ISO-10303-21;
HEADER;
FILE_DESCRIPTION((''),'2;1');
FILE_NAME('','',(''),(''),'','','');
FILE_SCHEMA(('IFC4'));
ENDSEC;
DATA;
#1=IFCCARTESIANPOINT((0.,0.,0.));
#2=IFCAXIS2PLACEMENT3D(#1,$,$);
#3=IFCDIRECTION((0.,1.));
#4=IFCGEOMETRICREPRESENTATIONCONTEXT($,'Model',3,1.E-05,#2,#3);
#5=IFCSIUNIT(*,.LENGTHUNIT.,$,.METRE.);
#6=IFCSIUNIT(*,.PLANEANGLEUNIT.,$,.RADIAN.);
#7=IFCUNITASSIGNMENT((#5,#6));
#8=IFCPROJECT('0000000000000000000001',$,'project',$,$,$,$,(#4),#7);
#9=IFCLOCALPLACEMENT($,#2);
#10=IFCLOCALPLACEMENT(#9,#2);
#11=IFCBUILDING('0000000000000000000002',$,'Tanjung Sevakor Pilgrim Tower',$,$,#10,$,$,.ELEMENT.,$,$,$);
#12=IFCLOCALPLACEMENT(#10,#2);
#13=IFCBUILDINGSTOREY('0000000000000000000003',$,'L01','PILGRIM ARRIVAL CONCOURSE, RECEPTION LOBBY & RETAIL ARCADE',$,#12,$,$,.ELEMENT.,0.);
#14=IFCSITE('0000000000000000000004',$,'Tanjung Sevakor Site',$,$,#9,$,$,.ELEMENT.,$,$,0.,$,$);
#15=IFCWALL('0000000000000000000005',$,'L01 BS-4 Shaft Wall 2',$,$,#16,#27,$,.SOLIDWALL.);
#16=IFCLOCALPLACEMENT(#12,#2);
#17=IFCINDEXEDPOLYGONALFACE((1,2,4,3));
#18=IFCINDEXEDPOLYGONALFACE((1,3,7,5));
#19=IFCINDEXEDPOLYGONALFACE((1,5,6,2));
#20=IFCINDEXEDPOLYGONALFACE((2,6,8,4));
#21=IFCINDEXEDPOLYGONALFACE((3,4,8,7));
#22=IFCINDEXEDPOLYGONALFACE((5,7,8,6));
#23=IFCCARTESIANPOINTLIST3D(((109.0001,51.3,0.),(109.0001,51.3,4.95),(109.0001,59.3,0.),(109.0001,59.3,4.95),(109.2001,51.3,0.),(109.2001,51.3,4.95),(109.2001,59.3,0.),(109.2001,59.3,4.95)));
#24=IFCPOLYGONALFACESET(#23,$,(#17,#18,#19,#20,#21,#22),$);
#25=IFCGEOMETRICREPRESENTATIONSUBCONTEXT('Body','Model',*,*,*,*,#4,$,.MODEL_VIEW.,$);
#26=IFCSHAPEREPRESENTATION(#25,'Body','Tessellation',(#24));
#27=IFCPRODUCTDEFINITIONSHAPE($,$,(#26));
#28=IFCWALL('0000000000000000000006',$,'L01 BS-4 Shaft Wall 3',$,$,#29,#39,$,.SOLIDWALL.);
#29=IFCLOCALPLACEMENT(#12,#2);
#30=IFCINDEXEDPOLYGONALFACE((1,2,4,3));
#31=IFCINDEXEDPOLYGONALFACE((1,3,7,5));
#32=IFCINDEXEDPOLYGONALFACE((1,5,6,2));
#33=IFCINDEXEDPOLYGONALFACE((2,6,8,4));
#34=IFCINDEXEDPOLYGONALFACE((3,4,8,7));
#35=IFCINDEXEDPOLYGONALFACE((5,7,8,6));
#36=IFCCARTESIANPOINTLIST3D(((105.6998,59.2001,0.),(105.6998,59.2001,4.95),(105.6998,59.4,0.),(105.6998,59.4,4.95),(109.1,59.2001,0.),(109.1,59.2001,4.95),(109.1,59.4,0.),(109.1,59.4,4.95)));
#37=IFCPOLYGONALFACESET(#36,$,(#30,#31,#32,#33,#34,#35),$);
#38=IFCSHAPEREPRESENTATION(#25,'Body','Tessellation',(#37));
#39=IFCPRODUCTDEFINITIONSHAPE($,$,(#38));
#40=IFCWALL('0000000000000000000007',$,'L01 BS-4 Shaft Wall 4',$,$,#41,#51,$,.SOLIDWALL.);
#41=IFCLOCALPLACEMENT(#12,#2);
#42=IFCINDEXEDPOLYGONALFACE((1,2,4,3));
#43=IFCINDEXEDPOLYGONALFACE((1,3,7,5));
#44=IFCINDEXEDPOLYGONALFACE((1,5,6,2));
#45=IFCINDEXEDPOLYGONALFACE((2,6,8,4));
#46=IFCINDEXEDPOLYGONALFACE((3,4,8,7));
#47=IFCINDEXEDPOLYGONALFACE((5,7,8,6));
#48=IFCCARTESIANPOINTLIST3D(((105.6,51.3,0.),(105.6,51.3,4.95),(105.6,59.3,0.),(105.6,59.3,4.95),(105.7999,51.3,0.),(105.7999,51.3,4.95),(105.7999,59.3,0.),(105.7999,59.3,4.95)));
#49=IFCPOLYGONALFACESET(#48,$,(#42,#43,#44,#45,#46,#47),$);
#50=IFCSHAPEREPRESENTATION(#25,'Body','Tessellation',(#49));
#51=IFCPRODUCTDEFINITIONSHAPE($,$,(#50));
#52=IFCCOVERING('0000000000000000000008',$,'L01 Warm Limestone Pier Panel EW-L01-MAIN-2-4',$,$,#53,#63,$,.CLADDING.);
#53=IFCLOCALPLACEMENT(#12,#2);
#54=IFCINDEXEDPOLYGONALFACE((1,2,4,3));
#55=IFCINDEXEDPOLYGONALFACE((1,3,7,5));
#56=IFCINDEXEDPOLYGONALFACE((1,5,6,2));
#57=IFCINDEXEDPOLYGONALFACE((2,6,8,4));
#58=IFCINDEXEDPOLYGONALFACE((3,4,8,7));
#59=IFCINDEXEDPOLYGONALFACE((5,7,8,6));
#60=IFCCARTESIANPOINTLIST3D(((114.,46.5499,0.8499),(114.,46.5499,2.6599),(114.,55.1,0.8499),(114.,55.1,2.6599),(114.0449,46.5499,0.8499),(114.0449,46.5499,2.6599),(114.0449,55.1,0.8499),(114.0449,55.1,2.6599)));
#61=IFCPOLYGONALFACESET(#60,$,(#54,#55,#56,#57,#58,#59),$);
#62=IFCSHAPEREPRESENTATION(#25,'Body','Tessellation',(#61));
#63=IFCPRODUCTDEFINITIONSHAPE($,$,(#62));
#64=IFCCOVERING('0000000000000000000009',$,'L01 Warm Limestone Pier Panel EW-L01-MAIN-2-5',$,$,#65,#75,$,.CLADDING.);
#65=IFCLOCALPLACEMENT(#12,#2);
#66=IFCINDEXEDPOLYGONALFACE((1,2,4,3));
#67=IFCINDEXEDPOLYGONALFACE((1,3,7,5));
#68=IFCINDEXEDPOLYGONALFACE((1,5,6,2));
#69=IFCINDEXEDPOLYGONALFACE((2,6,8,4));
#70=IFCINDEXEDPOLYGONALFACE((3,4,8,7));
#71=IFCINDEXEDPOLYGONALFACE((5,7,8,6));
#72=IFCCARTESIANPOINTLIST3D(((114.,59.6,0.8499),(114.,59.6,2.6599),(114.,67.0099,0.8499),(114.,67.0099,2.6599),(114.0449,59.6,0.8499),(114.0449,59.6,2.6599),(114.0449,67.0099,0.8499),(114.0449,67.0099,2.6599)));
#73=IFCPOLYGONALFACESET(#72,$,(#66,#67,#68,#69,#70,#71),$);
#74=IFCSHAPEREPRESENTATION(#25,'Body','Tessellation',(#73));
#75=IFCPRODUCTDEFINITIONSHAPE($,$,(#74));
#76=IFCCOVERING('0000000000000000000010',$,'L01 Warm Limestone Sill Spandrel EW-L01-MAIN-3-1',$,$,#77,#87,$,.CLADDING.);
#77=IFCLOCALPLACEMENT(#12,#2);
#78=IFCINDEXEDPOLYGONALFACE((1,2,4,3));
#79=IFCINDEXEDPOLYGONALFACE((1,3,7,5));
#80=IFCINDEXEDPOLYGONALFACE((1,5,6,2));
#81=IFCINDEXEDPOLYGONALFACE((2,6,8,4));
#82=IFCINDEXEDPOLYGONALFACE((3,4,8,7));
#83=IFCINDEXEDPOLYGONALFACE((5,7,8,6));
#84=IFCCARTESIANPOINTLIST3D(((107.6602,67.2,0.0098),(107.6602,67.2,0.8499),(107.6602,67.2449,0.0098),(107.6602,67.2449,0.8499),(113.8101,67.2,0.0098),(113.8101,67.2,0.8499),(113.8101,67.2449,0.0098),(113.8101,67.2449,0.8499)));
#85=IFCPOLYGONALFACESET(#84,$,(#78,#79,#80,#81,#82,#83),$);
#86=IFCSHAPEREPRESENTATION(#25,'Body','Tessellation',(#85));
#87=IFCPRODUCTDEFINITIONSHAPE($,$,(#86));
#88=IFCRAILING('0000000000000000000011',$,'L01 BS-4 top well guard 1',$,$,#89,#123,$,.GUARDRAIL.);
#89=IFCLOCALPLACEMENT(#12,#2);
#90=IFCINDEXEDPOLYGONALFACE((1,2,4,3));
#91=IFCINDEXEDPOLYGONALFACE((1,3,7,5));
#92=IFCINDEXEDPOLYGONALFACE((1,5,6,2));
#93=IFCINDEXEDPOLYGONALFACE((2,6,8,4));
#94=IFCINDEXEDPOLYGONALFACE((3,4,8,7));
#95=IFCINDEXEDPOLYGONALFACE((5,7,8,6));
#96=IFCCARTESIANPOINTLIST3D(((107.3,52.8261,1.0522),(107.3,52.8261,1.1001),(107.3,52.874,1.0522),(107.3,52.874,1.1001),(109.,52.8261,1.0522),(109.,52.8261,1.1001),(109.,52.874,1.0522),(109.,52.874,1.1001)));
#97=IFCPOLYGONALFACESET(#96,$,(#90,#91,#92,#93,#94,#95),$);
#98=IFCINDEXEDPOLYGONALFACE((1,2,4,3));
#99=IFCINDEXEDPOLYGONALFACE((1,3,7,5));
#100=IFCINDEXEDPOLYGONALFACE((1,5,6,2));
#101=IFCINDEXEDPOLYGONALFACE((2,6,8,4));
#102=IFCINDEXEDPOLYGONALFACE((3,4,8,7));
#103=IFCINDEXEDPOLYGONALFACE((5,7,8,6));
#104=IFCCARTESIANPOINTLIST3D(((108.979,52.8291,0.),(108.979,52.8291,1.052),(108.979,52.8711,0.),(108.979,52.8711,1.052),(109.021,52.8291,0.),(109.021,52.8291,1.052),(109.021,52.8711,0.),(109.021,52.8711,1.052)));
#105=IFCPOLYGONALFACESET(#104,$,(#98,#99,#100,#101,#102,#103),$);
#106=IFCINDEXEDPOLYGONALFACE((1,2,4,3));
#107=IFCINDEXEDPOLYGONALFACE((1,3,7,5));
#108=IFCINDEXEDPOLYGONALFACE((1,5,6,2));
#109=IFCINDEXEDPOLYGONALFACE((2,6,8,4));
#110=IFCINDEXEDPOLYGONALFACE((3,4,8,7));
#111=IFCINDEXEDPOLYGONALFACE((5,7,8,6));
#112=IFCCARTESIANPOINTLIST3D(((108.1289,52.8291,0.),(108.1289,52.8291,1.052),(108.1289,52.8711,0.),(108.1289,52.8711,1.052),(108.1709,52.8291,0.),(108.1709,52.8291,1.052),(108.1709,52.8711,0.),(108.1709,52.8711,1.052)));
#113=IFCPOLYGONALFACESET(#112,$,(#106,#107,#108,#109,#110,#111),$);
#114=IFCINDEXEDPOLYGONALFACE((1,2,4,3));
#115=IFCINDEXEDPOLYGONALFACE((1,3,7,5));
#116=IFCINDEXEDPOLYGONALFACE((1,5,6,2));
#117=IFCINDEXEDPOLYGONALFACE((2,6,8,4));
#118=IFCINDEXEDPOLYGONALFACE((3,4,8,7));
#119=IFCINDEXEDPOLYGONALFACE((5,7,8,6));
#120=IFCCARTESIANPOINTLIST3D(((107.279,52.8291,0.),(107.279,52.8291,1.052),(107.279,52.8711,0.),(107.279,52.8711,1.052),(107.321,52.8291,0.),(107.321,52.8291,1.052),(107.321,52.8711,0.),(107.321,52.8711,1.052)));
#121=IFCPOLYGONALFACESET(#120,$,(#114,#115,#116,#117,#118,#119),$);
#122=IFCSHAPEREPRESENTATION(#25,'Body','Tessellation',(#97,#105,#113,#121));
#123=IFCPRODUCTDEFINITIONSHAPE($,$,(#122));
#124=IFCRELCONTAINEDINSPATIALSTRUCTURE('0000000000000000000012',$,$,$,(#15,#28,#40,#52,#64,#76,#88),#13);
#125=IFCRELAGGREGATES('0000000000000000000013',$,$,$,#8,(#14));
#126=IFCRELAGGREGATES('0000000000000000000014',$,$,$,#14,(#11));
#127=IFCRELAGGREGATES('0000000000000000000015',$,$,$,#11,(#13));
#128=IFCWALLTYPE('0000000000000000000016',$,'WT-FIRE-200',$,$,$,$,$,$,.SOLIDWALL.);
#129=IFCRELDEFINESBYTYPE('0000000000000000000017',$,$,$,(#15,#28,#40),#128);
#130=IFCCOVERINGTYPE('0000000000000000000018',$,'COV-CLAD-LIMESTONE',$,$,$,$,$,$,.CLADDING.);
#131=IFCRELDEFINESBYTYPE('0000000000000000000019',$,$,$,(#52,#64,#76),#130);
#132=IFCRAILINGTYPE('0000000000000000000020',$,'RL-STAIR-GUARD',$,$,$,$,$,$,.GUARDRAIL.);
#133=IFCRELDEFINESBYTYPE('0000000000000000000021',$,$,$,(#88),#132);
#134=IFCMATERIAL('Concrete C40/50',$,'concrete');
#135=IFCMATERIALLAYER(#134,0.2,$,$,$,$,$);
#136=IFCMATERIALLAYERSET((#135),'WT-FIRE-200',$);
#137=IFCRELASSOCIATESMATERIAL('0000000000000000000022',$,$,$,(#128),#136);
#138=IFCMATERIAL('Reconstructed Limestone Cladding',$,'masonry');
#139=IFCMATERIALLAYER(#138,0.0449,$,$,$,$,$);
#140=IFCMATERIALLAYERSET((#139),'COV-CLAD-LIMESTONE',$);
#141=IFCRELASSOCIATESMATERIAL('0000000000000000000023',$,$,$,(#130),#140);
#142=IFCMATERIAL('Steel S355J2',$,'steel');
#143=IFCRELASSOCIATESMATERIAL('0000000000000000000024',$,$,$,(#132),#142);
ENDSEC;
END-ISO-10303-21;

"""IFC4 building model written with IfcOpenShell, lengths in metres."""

from ifc_helpers import new_model, si_unit, direction, frame, frame_2d, origin, origin_2d, place, context, subcontext, project, spatial, rectangle, extrude, material, layer, layer_set, type_object, element, save


model = new_model("IFC4")

# Units and contexts
model_context = context("Model", 3, precision=1e-05, world=origin(), true_north=direction((0.0, 1.0)))
body_context = subcontext(model_context, "Body", "Model", "MODEL_VIEW")
ifc_project = project(units=[si_unit("LENGTHUNIT", "METRE"), si_unit("PLANEANGLEUNIT", "RADIAN")], contexts=[model_context])

# Site, building, storey
site_placement = place(None, origin())
site = spatial("IfcSite", under=ifc_project, at=site_placement, Name="Tanjung Sevakor Site", CompositionType="ELEMENT", RefElevation=0.0)
building_placement = place(site_placement, origin())
building = spatial("IfcBuilding", under=site, at=building_placement, Name="Tanjung Sevakor Pilgrim Tower", CompositionType="ELEMENT")
storey_placement = place(building_placement, origin())
storey = spatial("IfcBuildingStorey", under=building, at=storey_placement, Name="L01", Description="PILGRIM ARRIVAL CONCOURSE, RECEPTION LOBBY & RETAIL ARCADE", CompositionType="ELEMENT", Elevation=0.0)

# Walls
ifc_material_1 = material(Name="Concrete C40/50", Category="concrete")
ifc_layer_1 = layer(ifc_material_1, 0.2)
ifc_layer_set_1 = layer_set([ifc_layer_1], Name="WT-FIRE-200")
wall_type_1 = type_object("IfcWallType", Name="WT-FIRE-200", PredefinedType="SOLIDWALL", material=ifc_layer_set_1)
wall_1_placement = place(storey_placement, frame((109.1001, 51.3, 0.0), z_axis=(0.0, 0.0, 1.0), x_axis=(0.0, 1.0, 0.0)))
element("IfcWall", 1, at=wall_1_placement, inside=storey, type_object=wall_type_1, Name="L01 BS-4 Shaft Wall 2", PredefinedType="SOLIDWALL", context=body_context, shape_type="SweptSolid", body=[
    extrude(rectangle(XDim=8.0, YDim=0.2, at=frame_2d((4.0, 0.0))), origin(), (0.0, 0.0, 1.0), 4.95),
])
wall_2_placement = place(storey_placement, frame((109.1001, 59.3, 0.0), z_axis=(0.0, 0.0, 1.0), x_axis=(-1.0, 0.0, 0.0)))
element("IfcWall", 2, at=wall_2_placement, inside=storey, type_object=wall_type_1, Name="L01 BS-4 Shaft Wall 3", PredefinedType="SOLIDWALL", context=body_context, shape_type="SweptSolid", body=[
    extrude(rectangle(XDim=3.4001, YDim=0.2, at=frame_2d((1.7002, 0.0))), origin(), (0.0, 0.0, 1.0), 4.95),
])
wall_3_placement = place(storey_placement, frame((105.7, 59.3, 0.0), z_axis=(0.0, 0.0, 1.0), x_axis=(0.0, -1.0, 0.0)))
element("IfcWall", 3, at=wall_3_placement, inside=storey, type_object=wall_type_1, Name="L01 BS-4 Shaft Wall 4", PredefinedType="SOLIDWALL", context=body_context, shape_type="SweptSolid", body=[
    extrude(rectangle(XDim=8.0, YDim=0.2, at=frame_2d((4.0, 0.0))), origin(), (0.0, 0.0, 1.0), 4.95),
])

# Coverings
ifc_material_2 = material(Name="Reconstructed Limestone Cladding", Category="masonry")
ifc_layer_2 = layer(ifc_material_2, 0.0449)
ifc_layer_set_2 = layer_set([ifc_layer_2], Name="COV-CLAD-LIMESTONE")
covering_type = type_object("IfcCoveringType", Name="COV-CLAD-LIMESTONE", PredefinedType="CLADDING", material=ifc_layer_set_2)
covering_1_placement = place(storey_placement, frame((114.0225, 50.825, 0.8499), z_axis=(0.0, 0.0, 1.0), x_axis=(0.0, 1.0, 0.0)))
element("IfcCovering", 4, at=covering_1_placement, inside=storey, type_object=covering_type, Name="L01 Warm Limestone Pier Panel EW-L01-MAIN-2-4", PredefinedType="CLADDING", context=body_context, shape_type="SweptSolid", body=[
    extrude(rectangle(XDim=8.55, YDim=0.0449, at=origin_2d()), origin(), (0.0, 0.0, 1.0), 1.8101),
])
covering_2_placement = place(storey_placement, frame((114.0225, 63.3049, 0.8499), z_axis=(0.0, 0.0, 1.0), x_axis=(0.0, 1.0, 0.0)))
element("IfcCovering", 5, at=covering_2_placement, inside=storey, type_object=covering_type, Name="L01 Warm Limestone Pier Panel EW-L01-MAIN-2-5", PredefinedType="CLADDING", context=body_context, shape_type="SweptSolid", body=[
    extrude(rectangle(XDim=7.4099, YDim=0.0449, at=origin_2d()), origin(), (0.0, 0.0, 1.0), 1.8101),
])
covering_3_placement = place(storey_placement, frame((110.7351, 67.2224, 0.0098), z_axis=(0.0, 0.0, 1.0), x_axis=(-1.0, 0.0, 0.0)))
element("IfcCovering", 6, at=covering_3_placement, inside=storey, type_object=covering_type, Name="L01 Warm Limestone Sill Spandrel EW-L01-MAIN-3-1", PredefinedType="CLADDING", context=body_context, shape_type="SweptSolid", body=[
    extrude(rectangle(XDim=6.1499, YDim=0.0449, at=origin_2d()), origin(), (0.0, 0.0, 1.0), 0.8401),
])

# Railing
ifc_material_3 = material(Name="Steel S355J2", Category="steel")
railing_type = type_object("IfcRailingType", Name="RL-STAIR-GUARD", PredefinedType="GUARDRAIL", material=ifc_material_3)
railing_placement = place(storey_placement, frame((109.0, 52.8501, 0.0)))
element("IfcRailing", 7, at=railing_placement, inside=storey, type_object=railing_type, Name="L01 BS-4 top well guard 1", PredefinedType="GUARDRAIL", context=body_context, shape_type="SweptSolid", body=[
    extrude(rectangle(XDim=0.0479, YDim=0.0479), frame((0.0, 0.0, 1.0762), z_axis=(-1.0, 0.0, 0.0), x_axis=(0.0, -1.0, 0.0)), (0.0, 0.0, 1.0), 1.7),
    extrude(rectangle(XDim=0.042, YDim=0.042), origin(), (0.0, 0.0, 1.0), 1.052),
    extrude(rectangle(XDim=0.042, YDim=0.042), frame((-0.8501, 0.0, 0.0)), (0.0, 0.0, 1.0), 1.052),
    extrude(rectangle(XDim=0.042, YDim=0.042), frame((-1.7, 0.0, 0.0)), (0.0, 0.0, 1.0), 1.052),
])

save(model, "model.ifc")
